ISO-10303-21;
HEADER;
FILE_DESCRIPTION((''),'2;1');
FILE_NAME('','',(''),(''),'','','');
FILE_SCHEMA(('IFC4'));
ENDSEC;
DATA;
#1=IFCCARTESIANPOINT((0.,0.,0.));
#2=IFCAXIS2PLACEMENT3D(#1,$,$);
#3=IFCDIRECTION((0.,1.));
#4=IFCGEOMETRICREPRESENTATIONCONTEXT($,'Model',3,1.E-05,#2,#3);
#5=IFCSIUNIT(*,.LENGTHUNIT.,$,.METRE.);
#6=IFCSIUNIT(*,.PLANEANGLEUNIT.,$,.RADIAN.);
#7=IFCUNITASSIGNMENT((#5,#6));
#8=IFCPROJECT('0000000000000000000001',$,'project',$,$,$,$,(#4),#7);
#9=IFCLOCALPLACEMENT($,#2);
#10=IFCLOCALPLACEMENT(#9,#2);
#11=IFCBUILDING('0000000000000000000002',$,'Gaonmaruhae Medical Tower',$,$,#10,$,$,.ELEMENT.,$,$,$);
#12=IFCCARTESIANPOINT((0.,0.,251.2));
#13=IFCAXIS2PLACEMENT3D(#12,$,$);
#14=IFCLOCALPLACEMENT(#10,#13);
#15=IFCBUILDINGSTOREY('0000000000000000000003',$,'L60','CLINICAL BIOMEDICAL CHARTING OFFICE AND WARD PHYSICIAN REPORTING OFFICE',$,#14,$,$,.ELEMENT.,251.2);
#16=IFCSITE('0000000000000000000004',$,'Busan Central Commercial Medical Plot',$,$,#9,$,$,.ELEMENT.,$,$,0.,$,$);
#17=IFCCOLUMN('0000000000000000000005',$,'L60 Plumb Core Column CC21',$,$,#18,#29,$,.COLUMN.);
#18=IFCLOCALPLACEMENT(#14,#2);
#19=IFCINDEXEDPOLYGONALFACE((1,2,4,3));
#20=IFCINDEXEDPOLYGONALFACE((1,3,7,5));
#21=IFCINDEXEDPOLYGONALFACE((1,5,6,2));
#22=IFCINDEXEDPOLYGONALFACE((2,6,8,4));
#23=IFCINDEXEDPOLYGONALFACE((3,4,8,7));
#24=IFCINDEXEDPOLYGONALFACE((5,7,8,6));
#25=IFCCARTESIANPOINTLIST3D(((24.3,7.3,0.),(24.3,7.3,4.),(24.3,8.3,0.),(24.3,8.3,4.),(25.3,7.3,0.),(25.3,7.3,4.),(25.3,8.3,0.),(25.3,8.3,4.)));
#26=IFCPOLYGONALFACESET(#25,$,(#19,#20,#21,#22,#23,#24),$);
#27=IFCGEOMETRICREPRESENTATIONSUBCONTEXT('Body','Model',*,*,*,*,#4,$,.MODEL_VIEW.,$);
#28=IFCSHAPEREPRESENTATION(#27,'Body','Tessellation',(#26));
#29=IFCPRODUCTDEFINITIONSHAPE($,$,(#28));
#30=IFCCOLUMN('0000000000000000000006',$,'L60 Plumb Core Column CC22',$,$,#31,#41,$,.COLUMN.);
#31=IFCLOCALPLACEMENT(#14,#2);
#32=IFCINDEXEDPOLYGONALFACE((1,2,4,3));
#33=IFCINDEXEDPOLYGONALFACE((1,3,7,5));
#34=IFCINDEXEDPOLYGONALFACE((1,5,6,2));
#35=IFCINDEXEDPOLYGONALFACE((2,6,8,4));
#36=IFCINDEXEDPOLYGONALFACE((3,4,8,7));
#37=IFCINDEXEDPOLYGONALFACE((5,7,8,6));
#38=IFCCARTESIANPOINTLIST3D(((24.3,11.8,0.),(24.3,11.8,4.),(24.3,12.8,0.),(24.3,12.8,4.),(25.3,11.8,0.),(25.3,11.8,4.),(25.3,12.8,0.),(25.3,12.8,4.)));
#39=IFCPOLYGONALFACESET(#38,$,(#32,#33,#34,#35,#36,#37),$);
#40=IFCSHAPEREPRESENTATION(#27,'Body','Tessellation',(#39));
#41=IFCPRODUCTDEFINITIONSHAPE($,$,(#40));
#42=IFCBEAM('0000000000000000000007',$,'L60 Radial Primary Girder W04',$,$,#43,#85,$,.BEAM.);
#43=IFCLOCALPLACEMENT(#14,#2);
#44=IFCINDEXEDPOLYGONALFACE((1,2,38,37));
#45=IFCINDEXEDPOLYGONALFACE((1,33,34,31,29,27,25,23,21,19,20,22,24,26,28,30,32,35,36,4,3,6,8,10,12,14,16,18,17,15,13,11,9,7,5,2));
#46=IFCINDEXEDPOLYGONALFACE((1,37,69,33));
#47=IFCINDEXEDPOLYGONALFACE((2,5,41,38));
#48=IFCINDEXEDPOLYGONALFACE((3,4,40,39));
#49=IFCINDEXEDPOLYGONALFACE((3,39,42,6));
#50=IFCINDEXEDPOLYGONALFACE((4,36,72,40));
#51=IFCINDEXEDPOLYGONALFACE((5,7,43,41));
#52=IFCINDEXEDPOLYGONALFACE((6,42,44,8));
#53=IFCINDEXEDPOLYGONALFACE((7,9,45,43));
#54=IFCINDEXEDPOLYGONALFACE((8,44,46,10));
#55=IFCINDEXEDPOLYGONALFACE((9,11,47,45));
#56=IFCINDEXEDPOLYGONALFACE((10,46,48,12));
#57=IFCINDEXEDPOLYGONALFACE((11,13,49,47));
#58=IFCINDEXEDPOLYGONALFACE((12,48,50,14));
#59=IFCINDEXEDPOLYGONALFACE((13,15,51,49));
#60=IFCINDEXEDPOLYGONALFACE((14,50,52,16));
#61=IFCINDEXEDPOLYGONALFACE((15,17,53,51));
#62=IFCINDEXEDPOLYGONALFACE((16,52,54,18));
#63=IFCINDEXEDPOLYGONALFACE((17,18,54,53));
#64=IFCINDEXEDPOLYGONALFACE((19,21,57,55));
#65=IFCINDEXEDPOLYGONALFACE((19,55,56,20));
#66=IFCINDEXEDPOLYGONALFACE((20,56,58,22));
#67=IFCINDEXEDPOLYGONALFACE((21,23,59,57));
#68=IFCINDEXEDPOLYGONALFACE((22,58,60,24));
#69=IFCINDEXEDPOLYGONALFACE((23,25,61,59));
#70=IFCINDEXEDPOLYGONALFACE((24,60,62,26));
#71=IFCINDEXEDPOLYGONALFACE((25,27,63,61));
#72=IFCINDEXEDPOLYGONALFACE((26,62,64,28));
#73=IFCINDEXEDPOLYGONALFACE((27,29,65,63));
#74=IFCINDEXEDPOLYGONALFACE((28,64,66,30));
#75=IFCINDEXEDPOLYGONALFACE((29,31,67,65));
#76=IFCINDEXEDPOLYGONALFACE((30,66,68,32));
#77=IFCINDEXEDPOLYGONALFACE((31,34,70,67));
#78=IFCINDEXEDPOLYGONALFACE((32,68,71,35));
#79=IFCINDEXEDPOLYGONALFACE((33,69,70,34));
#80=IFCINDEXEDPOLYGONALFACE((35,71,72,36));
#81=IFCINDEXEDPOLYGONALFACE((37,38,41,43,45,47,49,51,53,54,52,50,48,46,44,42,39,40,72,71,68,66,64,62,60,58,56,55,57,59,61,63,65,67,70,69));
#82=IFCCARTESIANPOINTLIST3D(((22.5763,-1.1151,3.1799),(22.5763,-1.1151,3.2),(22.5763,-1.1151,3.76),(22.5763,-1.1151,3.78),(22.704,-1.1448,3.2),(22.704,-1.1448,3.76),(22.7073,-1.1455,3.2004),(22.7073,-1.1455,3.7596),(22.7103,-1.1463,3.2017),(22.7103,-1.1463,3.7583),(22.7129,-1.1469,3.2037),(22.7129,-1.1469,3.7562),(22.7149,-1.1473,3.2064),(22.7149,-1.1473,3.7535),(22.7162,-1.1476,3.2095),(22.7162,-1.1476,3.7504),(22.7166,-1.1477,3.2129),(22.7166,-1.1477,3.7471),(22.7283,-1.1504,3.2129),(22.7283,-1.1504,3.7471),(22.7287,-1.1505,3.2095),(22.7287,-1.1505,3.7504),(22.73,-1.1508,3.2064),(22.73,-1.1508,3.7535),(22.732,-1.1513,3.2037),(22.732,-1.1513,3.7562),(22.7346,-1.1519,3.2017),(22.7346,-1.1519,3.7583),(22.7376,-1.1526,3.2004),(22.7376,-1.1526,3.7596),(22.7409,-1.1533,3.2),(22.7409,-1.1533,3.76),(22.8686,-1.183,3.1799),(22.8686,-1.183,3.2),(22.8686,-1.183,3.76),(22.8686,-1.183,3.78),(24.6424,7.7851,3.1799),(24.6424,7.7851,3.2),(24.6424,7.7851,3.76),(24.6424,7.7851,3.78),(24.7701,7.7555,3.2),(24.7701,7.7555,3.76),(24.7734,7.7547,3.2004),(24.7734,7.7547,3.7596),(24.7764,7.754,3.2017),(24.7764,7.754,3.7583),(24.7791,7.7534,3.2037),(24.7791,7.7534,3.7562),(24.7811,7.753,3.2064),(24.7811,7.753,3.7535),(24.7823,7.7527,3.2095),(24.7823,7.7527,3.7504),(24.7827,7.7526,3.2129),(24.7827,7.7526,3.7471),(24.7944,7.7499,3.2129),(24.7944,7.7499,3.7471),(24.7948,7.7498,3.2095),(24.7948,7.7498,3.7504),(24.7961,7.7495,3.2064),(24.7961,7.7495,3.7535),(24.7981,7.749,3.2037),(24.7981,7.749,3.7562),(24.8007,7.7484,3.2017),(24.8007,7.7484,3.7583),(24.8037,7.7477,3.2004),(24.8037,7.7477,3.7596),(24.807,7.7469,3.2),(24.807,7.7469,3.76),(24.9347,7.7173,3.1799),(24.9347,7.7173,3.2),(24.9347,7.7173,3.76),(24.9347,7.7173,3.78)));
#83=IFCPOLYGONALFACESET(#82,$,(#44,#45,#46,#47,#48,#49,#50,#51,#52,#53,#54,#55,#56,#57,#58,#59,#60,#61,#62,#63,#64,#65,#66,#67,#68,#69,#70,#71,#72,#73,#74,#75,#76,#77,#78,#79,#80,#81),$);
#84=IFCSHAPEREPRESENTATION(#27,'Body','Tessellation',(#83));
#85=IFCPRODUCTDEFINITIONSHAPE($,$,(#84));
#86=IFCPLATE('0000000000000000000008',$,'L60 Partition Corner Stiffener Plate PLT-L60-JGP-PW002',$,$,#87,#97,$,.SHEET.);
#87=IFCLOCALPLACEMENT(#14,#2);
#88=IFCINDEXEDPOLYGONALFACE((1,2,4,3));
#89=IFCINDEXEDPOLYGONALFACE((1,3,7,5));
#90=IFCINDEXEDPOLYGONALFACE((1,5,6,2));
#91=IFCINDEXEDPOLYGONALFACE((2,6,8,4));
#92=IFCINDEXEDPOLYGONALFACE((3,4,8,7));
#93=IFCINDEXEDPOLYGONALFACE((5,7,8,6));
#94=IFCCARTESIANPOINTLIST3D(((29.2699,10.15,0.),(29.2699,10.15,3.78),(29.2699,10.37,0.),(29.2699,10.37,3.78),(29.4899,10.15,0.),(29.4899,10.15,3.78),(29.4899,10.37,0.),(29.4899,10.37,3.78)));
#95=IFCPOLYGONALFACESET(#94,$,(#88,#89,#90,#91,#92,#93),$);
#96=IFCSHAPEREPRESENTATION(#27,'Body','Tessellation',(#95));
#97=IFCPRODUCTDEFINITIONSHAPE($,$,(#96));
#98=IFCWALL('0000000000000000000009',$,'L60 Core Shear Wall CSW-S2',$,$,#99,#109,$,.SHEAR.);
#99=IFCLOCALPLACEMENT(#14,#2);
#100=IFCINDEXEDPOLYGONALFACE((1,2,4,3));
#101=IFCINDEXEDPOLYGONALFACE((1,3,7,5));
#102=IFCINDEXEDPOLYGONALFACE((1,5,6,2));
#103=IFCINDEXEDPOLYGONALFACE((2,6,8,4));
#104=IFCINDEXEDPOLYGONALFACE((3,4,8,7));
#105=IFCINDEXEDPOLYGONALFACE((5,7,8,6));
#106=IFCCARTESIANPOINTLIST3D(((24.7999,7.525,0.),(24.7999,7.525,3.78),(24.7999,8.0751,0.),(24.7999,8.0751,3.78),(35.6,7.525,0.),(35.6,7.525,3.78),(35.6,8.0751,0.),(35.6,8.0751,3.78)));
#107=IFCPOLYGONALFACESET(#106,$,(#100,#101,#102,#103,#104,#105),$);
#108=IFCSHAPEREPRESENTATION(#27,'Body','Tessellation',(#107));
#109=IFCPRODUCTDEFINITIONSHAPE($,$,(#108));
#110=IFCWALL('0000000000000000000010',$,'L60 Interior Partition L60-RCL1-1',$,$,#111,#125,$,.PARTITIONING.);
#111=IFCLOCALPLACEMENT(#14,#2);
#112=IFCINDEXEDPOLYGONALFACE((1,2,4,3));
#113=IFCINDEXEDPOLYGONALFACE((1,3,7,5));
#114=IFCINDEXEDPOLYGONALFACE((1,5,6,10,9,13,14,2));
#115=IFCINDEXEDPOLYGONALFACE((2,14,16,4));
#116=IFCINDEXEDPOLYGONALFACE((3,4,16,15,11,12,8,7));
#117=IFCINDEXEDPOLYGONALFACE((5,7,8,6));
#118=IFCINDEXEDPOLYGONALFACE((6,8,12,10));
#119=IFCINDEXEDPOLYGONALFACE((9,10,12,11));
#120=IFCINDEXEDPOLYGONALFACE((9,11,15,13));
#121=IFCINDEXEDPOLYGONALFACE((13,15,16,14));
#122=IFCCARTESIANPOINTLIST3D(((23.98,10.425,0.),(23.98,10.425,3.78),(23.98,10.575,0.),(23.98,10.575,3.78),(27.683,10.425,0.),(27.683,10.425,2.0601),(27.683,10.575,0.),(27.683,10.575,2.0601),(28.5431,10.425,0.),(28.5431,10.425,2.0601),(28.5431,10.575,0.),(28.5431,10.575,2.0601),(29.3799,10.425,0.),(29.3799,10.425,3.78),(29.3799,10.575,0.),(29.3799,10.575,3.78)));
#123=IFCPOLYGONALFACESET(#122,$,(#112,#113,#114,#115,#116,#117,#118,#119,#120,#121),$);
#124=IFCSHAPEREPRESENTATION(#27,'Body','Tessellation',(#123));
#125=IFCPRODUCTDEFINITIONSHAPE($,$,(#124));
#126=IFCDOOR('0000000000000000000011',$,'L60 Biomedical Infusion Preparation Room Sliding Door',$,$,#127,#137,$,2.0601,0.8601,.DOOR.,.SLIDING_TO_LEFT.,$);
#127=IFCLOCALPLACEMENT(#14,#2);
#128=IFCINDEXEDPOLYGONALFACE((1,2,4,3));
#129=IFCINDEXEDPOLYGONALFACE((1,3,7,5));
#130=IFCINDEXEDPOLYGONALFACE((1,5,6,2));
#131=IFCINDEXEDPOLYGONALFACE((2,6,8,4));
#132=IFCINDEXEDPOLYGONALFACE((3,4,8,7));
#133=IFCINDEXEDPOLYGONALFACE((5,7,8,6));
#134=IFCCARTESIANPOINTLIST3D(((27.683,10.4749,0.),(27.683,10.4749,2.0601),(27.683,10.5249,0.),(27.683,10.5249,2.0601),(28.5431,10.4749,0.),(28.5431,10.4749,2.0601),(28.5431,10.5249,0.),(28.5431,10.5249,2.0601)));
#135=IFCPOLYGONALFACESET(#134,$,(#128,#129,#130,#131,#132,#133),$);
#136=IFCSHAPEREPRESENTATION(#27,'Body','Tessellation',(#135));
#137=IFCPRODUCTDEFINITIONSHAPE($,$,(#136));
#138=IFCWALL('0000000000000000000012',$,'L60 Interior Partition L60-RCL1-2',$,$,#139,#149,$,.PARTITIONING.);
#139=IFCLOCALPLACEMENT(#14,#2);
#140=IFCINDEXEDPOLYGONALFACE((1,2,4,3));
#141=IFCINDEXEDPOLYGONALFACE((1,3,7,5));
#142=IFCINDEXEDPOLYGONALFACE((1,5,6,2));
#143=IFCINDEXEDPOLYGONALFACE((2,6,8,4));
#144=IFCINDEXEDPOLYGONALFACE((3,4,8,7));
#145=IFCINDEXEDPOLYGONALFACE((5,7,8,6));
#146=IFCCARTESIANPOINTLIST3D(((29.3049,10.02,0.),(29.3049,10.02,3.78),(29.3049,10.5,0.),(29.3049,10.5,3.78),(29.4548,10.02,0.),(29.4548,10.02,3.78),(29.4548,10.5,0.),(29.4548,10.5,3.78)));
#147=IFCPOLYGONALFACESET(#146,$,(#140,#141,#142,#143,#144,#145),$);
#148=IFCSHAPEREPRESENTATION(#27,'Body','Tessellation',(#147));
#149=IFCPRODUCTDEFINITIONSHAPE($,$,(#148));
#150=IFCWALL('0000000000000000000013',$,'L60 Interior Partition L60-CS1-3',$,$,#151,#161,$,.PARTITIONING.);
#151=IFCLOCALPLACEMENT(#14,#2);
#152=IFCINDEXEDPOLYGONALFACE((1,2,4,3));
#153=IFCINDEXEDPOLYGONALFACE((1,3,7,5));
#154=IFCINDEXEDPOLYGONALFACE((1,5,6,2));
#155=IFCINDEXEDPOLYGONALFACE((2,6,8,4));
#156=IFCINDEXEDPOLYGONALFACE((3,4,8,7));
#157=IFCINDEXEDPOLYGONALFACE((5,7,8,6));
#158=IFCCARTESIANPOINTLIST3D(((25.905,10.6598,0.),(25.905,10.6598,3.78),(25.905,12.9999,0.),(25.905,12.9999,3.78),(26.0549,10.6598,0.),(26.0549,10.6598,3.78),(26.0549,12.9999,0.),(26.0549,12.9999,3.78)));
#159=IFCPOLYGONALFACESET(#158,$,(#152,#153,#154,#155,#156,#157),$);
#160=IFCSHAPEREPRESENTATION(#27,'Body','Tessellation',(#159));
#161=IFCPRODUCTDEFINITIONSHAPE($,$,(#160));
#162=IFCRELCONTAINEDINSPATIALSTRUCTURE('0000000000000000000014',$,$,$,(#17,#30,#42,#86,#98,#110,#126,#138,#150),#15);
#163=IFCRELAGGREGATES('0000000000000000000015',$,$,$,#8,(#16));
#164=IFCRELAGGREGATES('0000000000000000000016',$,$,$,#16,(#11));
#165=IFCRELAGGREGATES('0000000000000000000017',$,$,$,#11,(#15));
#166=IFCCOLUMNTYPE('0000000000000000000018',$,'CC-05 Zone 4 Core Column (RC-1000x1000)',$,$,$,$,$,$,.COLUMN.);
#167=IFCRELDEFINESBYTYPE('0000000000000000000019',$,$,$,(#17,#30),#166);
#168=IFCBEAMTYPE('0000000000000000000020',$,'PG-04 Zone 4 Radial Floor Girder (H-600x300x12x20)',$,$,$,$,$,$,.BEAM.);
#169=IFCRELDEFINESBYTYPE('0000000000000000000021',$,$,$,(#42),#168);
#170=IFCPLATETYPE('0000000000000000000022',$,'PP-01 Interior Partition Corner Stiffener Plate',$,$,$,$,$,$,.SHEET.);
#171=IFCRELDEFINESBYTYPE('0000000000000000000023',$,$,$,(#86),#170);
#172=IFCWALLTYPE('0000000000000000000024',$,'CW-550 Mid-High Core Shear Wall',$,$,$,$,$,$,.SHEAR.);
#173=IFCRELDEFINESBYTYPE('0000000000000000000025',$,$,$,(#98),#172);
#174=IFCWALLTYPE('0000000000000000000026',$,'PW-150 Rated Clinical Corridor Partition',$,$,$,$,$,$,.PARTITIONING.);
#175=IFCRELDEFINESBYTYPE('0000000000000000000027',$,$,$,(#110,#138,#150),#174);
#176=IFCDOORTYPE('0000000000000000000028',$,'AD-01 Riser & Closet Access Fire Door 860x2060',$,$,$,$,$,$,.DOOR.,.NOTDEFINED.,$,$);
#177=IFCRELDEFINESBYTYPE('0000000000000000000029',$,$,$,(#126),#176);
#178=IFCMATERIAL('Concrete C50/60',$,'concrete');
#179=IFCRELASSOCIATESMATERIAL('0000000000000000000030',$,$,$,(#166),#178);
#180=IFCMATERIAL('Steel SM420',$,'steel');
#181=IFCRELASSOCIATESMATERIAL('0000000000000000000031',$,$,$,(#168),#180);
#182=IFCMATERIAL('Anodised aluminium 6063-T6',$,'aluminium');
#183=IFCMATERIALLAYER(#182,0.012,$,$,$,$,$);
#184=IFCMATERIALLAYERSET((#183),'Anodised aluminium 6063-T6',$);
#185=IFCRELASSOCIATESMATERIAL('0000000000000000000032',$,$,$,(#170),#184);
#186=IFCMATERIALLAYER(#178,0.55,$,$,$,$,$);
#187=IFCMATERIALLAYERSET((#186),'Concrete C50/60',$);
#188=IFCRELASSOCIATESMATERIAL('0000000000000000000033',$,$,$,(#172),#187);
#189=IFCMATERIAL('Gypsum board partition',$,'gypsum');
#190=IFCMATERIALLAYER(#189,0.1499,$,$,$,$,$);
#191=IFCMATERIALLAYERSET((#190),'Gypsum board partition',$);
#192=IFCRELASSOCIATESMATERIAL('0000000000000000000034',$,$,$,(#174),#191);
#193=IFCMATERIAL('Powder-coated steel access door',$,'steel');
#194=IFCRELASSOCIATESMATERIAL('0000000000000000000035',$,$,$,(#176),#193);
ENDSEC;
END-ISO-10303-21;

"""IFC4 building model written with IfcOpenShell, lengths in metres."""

from ifc_helpers import new_model, si_unit, direction, frame, frame_2d, origin, origin_2d, place, context, subcontext, project, spatial, rectangle, i_section, extrude, material, layer, layer_set, material_profile, profile_set, type_object, element, fill, save


model = new_model("IFC4")

# Units and contexts
model_context = context("Model", 3, precision=1e-05, world=origin(), true_north=direction((0.0, 1.0)))
body_context = subcontext(model_context, "Body", "Model", "MODEL_VIEW")
ifc_project = project(units=[si_unit("LENGTHUNIT", "METRE"), si_unit("PLANEANGLEUNIT", "RADIAN")], contexts=[model_context])

# Site, building, storey
site_placement = place(None, origin())
site = spatial("IfcSite", under=ifc_project, at=site_placement, Name="Busan Central Commercial Medical Plot", CompositionType="ELEMENT", RefElevation=0.0)
building_placement = place(site_placement, origin())
building = spatial("IfcBuilding", under=site, at=building_placement, Name="Gaonmaruhae Medical Tower", CompositionType="ELEMENT")
storey_placement = place(building_placement, frame((0.0, 0.0, 251.2)))
storey = spatial("IfcBuildingStorey", under=building, at=storey_placement, Name="L60", Description="CLINICAL BIOMEDICAL CHARTING OFFICE AND WARD PHYSICIAN REPORTING OFFICE", CompositionType="ELEMENT", Elevation=251.2)

# Columns
ifc_material_1 = material(Name="Concrete C50/60", Category="concrete")
ifc_material_profile_1 = material_profile(ifc_material_1, rectangle(XDim=1.0, YDim=1.0, at=origin_2d()), Name="RC-1000x1000")
ifc_profile_set_1 = profile_set([ifc_material_profile_1], Name="Concrete C50/60")
column_type = type_object("IfcColumnType", Name="CC-05 Zone 4 Core Column (RC-1000x1000)", PredefinedType="COLUMN", material=ifc_profile_set_1)
for number, where, z_axis, x_axis, name in (
    (1, (24.8, 7.8, 0.0), (0.0, 0.0, 1.0), (1.0, 0.0, 0.0), "L60 Plumb Core Column CC21"),
    (2, (24.8, 12.3, 0.0), (0.0, 0.0, 1.0), (1.0, 0.0, 0.0), "L60 Plumb Core Column CC22"),
):
    element("IfcColumn", number, at=place(storey_placement, frame(where, z_axis=z_axis, x_axis=x_axis)), inside=storey, type_object=column_type, Name=name, PredefinedType="COLUMN", context=body_context, shape_type="SweptSolid", body=[
        extrude(rectangle(XDim=1.0, YDim=1.0, at=origin_2d()), origin(), (0.0, 0.0, 1.0), 4.0),
    ])

# Beam
ifc_material_2 = material(Name="Steel SM420", Category="steel")
ifc_material_profile_2 = material_profile(ifc_material_2, i_section(OverallWidth=0.3, OverallDepth=0.6001, WebThickness=0.012, FlangeThickness=0.02, FilletRadius=0.0129, at=origin_2d()), Name="H-600x300x12x20")
ifc_profile_set_2 = profile_set([ifc_material_profile_2], Name="Steel SM420")
beam_type = type_object("IfcBeamType", Name="PG-04 Zone 4 Radial Floor Girder (H-600x300x12x20)", PredefinedType="BEAM", material=ifc_profile_set_2)
beam_placement = place(storey_placement, frame((24.7886, 7.7512, 3.48), z_axis=(-0.22613, -0.974097, 0.0), x_axis=(0.974097, -0.22613, 0.0)))
element("IfcBeam", 3, at=beam_placement, inside=storey, type_object=beam_type, Name="L60 Radial Primary Girder W04", PredefinedType="BEAM", context=body_context, shape_type="SweptSolid", body=[
    extrude(i_section(OverallWidth=0.3, OverallDepth=0.6001, WebThickness=0.012, FlangeThickness=0.02, FilletRadius=0.0129, at=origin_2d()), origin(), (0.0, 0.0, 1.0), 9.137),
])

# Plate
ifc_material_3 = material(Name="Anodised aluminium 6063-T6", Category="aluminium")
ifc_layer_1 = layer(ifc_material_3, 0.012)
ifc_layer_set_1 = layer_set([ifc_layer_1], Name="Anodised aluminium 6063-T6")
plate_type = type_object("IfcPlateType", Name="PP-01 Interior Partition Corner Stiffener Plate", PredefinedType="SHEET", material=ifc_layer_set_1)
plate_placement = place(storey_placement, frame((29.3799, 10.26, 0.0), z_axis=(0.0, 0.0, 1.0), x_axis=(0.0, -1.0, 0.0)))
element("IfcPlate", 4, at=plate_placement, inside=storey, type_object=plate_type, Name="L60 Partition Corner Stiffener Plate PLT-L60-JGP-PW002", PredefinedType="SHEET", context=body_context, shape_type="SweptSolid", body=[
    extrude(rectangle(XDim=0.22, YDim=0.22, at=origin_2d()), origin(), (0.0, 0.0, 1.0), 3.78),
])

# Wall
ifc_layer_2 = layer(ifc_material_1, 0.55)
ifc_layer_set_2 = layer_set([ifc_layer_2], Name="Concrete C50/60")
wall_type_1 = type_object("IfcWallType", Name="CW-550 Mid-High Core Shear Wall", PredefinedType="SHEAR", material=ifc_layer_set_2)
wall_1_placement = place(storey_placement, frame((24.8, 7.8, 0.0), z_axis=(0.0, 0.0, 1.0), x_axis=(1.0, 0.0, 0.0)))
element("IfcWall", 5, at=wall_1_placement, inside=storey, type_object=wall_type_1, Name="L60 Core Shear Wall CSW-S2", PredefinedType="SHEAR", context=body_context, shape_type="SweptSolid", body=[
    extrude(rectangle(XDim=10.8, YDim=0.55, at=frame_2d((5.3999, 0.0))), origin(), (0.0, 0.0, 1.0), 3.78),
])

# Wall, opening, door
ifc_material_4 = material(Name="Gypsum board partition", Category="gypsum")
ifc_layer_3 = layer(ifc_material_4, 0.1499)
ifc_layer_set_3 = layer_set([ifc_layer_3], Name="Gypsum board partition")
wall_type_2 = type_object("IfcWallType", Name="PW-150 Rated Clinical Corridor Partition", PredefinedType="PARTITIONING", material=ifc_layer_set_3)
wall_2_placement = place(storey_placement, frame((23.98, 10.5, 0.0), z_axis=(0.0, 0.0, 1.0), x_axis=(1.0, 0.0, 0.0)))
wall_2 = element("IfcWall", 6, at=wall_2_placement, inside=storey, type_object=wall_type_2, Name="L60 Interior Partition L60-RCL1-1", PredefinedType="PARTITIONING", context=body_context, shape_type="SweptSolid", body=[
    extrude(rectangle(XDim=5.3999, YDim=0.1499, at=frame_2d((2.7, 0.0))), origin(), (0.0, 0.0, 1.0), 3.78),
])
opening_1_placement = place(wall_2_placement, frame((3.7029, 0.0, 0.0)))
opening_1 = element("IfcOpeningElement", 7, at=opening_1_placement, cuts=wall_2, PredefinedType="OPENING", context=body_context, shape_type="SweptSolid", body=[
    extrude(rectangle(XDim=0.8601, YDim=2.0601, at=frame_2d((0.4302, 1.03))), frame((0.0, 0.085, 0.0), z_axis=(0.0, -1.0, 0.0), x_axis=(1.0, 0.0, 0.0)), (0.0, 0.0, 1.0), 0.1699),
])
ifc_material_5 = material(Name="Powder-coated steel access door", Category="steel")
door_type_1 = type_object("IfcDoorType", Name="AD-01 Riser & Closet Access Fire Door 860x2060", OperationType="NOTDEFINED", PredefinedType="DOOR", material=ifc_material_5)
door_1_placement = place(opening_1_placement, origin())
door_1 = element("IfcDoor", 8, at=door_1_placement, inside=storey, type_object=door_type_1, Name="L60 Biomedical Infusion Preparation Room Sliding Door", OperationType="SLIDING_TO_LEFT", OverallHeight=2.0601, OverallWidth=0.8601, PredefinedType="DOOR", context=body_context, shape_type="SweptSolid", body=[
    extrude(rectangle(XDim=0.8601, YDim=2.0601, at=frame_2d((0.4302, 1.03))), frame((0.0, 0.0249, 0.0), z_axis=(0.0, -1.0, 0.0), x_axis=(1.0, 0.0, 0.0)), (0.0, 0.0, 1.0), 0.05),
])
fill(opening_1, door_1)

# Walls
wall_3_placement = place(storey_placement, frame((29.3799, 10.5, 0.0), z_axis=(0.0, 0.0, 1.0), x_axis=(0.0, -1.0, 0.0)))
element("IfcWall", 9, at=wall_3_placement, inside=storey, type_object=wall_type_2, Name="L60 Interior Partition L60-RCL1-2", PredefinedType="PARTITIONING", context=body_context, shape_type="SweptSolid", body=[
    extrude(rectangle(XDim=0.48, YDim=0.1499, at=frame_2d((0.24, 0.0))), origin(), (0.0, 0.0, 1.0), 3.78),
])
wall_4_placement = place(storey_placement, frame((25.98, 10.6599, 0.0), z_axis=(0.0, 0.0, 1.0), x_axis=(0.0, 1.0, 0.0)))
element("IfcWall", 10, at=wall_4_placement, inside=storey, type_object=wall_type_2, Name="L60 Interior Partition L60-CS1-3", PredefinedType="PARTITIONING", context=body_context, shape_type="SweptSolid", body=[
    extrude(rectangle(XDim=2.3401, YDim=0.1499, at=frame_2d((1.1699, 0.0))), origin(), (0.0, 0.0, 1.0), 3.78),
])

save(model, "model.ifc")
